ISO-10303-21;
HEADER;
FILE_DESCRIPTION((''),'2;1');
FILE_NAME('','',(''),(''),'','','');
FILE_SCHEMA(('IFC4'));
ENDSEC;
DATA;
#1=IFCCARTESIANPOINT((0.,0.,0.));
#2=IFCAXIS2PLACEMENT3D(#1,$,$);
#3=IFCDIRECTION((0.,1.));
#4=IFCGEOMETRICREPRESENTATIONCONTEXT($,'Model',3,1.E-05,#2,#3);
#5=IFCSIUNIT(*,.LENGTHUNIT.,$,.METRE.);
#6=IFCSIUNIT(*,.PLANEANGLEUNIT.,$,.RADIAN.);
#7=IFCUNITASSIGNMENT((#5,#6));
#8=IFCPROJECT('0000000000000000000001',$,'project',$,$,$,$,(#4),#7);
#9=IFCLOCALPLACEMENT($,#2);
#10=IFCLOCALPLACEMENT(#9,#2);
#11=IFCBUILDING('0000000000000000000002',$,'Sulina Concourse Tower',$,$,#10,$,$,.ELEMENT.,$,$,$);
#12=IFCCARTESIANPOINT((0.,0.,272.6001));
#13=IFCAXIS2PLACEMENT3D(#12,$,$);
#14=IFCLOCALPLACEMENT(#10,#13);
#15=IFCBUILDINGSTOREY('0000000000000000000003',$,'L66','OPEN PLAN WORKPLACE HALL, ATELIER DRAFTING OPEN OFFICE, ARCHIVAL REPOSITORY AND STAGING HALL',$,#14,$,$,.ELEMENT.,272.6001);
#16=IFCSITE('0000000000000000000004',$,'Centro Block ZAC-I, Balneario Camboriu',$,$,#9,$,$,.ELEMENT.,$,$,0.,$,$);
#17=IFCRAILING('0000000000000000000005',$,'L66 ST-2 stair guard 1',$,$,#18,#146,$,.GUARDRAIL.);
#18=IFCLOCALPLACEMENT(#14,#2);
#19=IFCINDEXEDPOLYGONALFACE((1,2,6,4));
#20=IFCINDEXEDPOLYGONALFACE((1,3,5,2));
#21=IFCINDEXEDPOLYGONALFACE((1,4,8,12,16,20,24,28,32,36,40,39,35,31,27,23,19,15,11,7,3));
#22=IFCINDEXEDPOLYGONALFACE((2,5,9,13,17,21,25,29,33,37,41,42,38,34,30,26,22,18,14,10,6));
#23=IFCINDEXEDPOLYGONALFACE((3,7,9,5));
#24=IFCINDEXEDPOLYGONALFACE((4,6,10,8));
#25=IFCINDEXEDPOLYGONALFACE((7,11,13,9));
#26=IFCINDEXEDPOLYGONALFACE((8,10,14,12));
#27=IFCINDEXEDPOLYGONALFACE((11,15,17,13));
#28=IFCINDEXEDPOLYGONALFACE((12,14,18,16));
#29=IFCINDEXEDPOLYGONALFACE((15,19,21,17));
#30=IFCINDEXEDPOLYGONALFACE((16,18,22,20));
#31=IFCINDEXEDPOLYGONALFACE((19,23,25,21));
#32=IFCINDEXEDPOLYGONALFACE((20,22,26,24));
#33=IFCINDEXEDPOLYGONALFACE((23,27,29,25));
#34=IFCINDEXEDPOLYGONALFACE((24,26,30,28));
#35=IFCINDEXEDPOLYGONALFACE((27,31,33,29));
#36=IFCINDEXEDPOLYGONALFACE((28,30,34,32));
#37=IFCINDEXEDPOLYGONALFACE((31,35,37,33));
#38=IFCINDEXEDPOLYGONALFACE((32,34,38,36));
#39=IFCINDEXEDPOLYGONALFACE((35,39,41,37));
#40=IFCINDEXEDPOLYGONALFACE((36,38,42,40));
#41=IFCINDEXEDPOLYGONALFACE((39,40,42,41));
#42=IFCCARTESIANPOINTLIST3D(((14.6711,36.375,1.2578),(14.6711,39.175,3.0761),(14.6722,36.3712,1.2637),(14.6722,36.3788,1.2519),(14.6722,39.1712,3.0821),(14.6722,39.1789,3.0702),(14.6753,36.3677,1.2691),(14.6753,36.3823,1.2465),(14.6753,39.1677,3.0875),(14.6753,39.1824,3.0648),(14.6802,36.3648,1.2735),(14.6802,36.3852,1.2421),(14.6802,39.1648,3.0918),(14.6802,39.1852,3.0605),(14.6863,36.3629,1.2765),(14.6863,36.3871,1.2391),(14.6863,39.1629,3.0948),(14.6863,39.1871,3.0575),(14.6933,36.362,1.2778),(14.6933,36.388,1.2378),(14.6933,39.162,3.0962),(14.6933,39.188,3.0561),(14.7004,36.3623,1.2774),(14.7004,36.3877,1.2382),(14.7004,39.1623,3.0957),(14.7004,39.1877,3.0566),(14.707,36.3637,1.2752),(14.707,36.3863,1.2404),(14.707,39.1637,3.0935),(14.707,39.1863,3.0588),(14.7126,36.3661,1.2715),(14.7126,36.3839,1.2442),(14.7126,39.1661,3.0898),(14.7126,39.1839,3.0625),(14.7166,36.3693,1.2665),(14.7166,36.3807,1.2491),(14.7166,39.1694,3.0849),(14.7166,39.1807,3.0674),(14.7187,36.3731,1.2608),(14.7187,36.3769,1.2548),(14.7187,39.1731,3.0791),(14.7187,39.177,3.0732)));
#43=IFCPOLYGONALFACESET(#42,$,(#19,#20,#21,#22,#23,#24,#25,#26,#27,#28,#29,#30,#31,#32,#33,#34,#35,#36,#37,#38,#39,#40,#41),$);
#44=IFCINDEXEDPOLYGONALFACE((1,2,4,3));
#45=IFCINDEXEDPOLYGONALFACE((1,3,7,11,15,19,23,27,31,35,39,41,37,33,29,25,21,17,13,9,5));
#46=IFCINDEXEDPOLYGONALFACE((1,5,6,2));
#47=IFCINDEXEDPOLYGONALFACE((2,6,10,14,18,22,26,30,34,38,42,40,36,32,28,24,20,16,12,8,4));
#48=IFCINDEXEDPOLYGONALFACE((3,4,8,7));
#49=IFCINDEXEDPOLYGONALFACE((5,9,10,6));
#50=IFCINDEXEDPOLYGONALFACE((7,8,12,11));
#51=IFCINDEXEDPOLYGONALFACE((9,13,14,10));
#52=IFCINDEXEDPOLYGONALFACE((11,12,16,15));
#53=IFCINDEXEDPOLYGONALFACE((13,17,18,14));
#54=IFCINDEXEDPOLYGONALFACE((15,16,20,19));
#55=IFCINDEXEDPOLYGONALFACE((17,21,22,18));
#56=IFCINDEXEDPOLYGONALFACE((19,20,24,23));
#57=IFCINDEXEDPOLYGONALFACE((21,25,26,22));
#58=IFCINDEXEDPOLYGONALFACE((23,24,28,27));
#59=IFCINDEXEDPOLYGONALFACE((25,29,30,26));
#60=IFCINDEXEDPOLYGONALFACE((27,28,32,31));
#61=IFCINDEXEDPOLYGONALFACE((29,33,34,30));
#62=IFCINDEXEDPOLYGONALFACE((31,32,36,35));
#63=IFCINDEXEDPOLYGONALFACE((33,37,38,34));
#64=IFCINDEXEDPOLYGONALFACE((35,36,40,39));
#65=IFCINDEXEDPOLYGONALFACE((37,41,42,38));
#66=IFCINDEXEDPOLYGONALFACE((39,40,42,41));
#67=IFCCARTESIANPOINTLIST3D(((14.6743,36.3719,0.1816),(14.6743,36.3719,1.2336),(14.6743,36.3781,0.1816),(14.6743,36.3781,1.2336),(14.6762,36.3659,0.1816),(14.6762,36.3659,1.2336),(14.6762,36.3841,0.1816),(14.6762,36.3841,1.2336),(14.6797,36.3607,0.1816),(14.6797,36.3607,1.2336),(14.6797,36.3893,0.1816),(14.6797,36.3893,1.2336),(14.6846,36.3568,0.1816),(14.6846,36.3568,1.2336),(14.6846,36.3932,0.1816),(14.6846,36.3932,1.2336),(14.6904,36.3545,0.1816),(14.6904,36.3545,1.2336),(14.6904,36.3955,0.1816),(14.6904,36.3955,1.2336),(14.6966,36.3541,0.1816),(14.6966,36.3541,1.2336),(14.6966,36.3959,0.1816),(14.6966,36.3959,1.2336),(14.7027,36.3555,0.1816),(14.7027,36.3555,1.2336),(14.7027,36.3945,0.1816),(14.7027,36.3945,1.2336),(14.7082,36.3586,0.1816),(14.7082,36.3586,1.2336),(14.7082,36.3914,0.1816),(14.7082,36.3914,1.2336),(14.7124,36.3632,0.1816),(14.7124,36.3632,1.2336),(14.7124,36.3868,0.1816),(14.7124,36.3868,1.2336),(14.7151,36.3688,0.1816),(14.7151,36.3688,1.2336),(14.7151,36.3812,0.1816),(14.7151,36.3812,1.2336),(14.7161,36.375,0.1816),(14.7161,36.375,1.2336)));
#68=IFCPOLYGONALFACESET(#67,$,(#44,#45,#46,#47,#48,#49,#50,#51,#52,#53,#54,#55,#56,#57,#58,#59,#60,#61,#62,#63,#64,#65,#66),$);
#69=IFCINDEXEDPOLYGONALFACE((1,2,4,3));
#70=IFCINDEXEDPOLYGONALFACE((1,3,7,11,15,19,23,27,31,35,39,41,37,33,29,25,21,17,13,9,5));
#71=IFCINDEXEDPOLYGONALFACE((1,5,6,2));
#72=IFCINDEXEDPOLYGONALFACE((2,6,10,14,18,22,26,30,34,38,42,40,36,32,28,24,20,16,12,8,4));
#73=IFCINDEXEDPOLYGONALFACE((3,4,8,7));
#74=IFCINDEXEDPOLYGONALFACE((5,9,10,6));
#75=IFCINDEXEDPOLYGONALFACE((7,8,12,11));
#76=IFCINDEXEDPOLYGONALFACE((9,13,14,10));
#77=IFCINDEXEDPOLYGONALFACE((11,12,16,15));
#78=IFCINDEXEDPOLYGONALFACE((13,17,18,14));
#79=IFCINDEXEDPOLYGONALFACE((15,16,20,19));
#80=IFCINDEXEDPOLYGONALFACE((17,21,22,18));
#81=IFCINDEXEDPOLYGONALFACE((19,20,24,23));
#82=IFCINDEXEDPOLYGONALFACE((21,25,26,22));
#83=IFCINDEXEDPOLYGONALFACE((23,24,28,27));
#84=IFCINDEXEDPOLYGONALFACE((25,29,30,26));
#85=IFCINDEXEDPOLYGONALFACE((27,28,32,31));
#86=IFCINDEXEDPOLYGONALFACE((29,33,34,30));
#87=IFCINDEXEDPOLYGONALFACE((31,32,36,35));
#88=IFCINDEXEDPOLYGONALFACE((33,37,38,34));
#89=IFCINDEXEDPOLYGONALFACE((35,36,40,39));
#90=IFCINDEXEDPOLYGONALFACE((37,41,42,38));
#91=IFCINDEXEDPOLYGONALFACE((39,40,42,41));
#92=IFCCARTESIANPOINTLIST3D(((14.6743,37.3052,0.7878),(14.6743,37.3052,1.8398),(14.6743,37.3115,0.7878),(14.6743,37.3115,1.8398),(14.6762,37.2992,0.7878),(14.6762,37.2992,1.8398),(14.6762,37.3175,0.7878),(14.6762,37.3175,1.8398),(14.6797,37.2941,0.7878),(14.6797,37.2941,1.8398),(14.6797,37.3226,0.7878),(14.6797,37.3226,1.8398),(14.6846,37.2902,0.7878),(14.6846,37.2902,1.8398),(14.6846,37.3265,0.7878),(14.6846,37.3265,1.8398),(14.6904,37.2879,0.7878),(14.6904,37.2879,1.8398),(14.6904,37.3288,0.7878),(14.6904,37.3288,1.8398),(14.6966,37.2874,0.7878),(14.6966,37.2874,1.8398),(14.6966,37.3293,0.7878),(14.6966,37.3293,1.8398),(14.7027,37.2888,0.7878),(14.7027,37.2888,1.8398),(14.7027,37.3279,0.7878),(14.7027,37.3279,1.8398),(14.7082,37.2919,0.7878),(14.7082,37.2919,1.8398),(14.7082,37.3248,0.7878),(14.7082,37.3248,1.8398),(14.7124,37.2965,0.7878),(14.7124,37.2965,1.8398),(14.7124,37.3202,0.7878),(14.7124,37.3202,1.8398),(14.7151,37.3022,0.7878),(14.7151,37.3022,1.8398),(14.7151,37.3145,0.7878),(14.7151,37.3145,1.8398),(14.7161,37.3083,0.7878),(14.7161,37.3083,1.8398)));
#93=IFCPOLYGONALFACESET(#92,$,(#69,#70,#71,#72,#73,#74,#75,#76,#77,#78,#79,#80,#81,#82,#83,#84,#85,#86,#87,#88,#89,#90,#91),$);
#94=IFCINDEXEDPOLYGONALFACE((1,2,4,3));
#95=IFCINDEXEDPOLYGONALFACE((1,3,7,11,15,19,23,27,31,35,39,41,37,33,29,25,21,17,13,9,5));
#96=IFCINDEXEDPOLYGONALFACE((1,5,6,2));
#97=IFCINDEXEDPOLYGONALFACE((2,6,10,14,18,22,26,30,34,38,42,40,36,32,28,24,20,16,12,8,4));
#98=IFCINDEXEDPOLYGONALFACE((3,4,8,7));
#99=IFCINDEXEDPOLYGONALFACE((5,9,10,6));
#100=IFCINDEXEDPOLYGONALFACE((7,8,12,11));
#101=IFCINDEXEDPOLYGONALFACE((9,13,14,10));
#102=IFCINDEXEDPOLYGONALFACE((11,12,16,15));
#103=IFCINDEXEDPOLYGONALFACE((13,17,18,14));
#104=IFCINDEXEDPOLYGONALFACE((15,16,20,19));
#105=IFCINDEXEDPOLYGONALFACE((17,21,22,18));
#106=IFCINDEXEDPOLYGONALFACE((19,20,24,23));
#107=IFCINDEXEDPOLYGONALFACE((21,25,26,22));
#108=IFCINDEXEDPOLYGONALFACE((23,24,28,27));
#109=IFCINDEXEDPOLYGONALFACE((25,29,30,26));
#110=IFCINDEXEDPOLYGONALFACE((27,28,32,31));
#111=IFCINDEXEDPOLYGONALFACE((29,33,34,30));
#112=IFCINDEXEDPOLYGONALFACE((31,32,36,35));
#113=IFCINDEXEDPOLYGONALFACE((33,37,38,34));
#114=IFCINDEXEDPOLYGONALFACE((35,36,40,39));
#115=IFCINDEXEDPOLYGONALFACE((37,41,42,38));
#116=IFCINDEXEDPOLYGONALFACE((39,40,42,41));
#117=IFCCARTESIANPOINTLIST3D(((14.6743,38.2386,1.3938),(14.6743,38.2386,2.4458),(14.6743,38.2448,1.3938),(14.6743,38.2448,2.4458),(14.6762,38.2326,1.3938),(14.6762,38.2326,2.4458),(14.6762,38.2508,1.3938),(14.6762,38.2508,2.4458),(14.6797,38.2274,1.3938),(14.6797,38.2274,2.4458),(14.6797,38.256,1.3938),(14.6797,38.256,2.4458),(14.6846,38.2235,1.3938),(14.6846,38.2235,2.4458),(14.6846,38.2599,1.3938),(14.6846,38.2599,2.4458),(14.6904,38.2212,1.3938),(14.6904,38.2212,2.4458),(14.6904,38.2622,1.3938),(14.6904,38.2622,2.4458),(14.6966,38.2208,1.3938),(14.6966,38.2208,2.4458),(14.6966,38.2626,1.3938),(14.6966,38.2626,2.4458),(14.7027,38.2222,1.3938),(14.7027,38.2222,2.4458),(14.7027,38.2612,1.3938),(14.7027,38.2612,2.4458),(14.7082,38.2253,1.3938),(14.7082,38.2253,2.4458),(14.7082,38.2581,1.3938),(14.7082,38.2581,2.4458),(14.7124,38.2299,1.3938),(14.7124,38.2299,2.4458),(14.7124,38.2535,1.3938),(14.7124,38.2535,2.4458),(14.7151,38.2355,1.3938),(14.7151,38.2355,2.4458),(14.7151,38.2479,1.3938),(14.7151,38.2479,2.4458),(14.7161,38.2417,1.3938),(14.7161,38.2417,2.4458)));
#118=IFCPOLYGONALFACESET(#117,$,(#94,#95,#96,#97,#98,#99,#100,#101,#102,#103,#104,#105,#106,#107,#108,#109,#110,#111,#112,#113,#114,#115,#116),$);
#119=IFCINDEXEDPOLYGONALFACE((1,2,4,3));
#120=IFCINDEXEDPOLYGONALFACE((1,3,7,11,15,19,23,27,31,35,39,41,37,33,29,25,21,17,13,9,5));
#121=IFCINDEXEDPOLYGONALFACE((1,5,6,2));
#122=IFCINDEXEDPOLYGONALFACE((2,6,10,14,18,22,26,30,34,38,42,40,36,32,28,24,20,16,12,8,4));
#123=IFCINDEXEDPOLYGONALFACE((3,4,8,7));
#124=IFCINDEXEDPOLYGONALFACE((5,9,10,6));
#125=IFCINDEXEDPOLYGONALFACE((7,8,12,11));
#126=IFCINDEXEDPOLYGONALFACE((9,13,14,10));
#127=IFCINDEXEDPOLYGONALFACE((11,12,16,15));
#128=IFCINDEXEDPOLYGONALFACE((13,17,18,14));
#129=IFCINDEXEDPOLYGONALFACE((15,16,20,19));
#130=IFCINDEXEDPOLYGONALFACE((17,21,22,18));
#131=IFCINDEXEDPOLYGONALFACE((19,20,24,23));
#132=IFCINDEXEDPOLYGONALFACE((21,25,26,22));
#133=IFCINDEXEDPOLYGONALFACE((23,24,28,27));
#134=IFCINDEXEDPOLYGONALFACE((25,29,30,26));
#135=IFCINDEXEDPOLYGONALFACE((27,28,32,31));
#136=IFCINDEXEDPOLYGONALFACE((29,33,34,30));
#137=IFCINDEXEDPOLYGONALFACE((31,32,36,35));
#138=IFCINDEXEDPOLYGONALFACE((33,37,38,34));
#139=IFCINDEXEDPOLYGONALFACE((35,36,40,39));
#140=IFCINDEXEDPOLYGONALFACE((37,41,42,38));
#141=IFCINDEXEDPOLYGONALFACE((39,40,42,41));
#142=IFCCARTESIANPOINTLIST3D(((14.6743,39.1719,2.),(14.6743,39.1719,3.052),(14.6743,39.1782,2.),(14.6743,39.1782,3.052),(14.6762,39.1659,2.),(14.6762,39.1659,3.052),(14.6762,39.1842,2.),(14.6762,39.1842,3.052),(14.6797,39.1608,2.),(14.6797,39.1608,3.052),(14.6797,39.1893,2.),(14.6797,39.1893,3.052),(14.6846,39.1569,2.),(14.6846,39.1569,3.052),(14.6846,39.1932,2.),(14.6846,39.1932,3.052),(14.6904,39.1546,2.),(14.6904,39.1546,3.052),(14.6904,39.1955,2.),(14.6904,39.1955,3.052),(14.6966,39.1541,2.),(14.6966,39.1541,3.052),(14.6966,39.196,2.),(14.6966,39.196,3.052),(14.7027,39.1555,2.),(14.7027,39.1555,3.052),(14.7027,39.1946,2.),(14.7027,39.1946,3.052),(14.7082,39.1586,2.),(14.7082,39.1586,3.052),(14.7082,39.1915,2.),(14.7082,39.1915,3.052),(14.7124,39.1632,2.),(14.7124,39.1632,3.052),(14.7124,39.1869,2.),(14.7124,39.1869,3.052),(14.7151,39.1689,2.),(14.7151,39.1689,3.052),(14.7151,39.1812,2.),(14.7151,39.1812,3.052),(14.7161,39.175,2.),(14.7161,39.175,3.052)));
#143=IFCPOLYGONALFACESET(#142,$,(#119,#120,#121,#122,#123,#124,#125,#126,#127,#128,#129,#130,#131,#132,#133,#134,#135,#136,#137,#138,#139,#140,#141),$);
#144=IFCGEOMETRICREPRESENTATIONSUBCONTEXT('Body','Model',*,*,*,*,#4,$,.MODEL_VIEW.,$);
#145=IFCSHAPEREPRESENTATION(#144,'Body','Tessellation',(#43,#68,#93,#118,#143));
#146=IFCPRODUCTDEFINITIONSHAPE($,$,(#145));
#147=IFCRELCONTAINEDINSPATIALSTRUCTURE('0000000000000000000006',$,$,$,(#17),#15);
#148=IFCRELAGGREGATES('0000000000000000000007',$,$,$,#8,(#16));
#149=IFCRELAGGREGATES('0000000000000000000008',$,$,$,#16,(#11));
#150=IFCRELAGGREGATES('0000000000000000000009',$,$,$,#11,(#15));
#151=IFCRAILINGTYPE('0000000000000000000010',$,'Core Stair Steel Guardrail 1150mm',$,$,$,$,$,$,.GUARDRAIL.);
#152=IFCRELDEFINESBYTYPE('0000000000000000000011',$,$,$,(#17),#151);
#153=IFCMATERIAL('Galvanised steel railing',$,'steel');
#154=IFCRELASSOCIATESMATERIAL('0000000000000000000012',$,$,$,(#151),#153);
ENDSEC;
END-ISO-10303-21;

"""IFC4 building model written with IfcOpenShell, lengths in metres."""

from ifc_helpers import new_model, si_unit, direction, frame, origin, origin_2d, place, context, subcontext, project, spatial, circle, extrude, material, type_object, element, save


model = new_model("IFC4")

# Units and contexts
model_context = context("Model", 3, precision=1e-05, world=origin(), true_north=direction((0.0, 1.0)))
body_context = subcontext(model_context, "Body", "Model", "MODEL_VIEW")
ifc_project = project(units=[si_unit("LENGTHUNIT", "METRE"), si_unit("PLANEANGLEUNIT", "RADIAN")], contexts=[model_context])

# Site, building, storey
site_placement = place(None, origin())
site = spatial("IfcSite", under=ifc_project, at=site_placement, Name="Centro Block ZAC-I, Balneario Camboriu", CompositionType="ELEMENT", RefElevation=0.0)
building_placement = place(site_placement, origin())
building = spatial("IfcBuilding", under=site, at=building_placement, Name="Sulina Concourse Tower", CompositionType="ELEMENT")
storey_placement = place(building_placement, frame((0.0, 0.0, 272.6001)))
storey = spatial("IfcBuildingStorey", under=building, at=storey_placement, Name="L66", Description="OPEN PLAN WORKPLACE HALL, ATELIER DRAFTING OPEN OFFICE, ARCHIVAL REPOSITORY AND STAGING HALL", CompositionType="ELEMENT", Elevation=272.6001)

# Railing
ifc_material_1 = material(Name="Galvanised steel railing", Category="steel")
railing_type_1 = type_object("IfcRailingType", Name="Core Stair Steel Guardrail 1150mm", PredefinedType="GUARDRAIL", material=ifc_material_1)
railing_1_placement = place(storey_placement, frame((14.6951, 36.375, 0.1816)))
element("IfcRailing", 1, at=railing_1_placement, inside=storey, type_object=railing_type_1, Name="L66 ST-2 stair guard 1", PredefinedType="GUARDRAIL", context=body_context, shape_type="SweptSolid", body=[
    extrude(circle(Radius=0.0239, at=origin_2d()), frame((0.0, 0.0, 1.0762), z_axis=(0.0, 0.838672, 0.544636), x_axis=(-1.0, 0.0, 0.0)), (0.0, 0.0, 1.0), 3.3386),
    extrude(circle(Radius=0.021, at=origin_2d()), origin(), (0.0, 0.0, 1.0), 1.052),
    extrude(circle(Radius=0.021, at=origin_2d()), frame((0.0, 0.9333, 0.6062)), (0.0, 0.0, 1.0), 1.052),
    extrude(circle(Radius=0.021, at=origin_2d()), frame((0.0, 1.8667, 1.2122)), (0.0, 0.0, 1.0), 1.052),
    extrude(circle(Radius=0.021, at=origin_2d()), frame((0.0, 2.8, 1.8184)), (0.0, 0.0, 1.0), 1.052),
])

save(model, "model.ifc")
